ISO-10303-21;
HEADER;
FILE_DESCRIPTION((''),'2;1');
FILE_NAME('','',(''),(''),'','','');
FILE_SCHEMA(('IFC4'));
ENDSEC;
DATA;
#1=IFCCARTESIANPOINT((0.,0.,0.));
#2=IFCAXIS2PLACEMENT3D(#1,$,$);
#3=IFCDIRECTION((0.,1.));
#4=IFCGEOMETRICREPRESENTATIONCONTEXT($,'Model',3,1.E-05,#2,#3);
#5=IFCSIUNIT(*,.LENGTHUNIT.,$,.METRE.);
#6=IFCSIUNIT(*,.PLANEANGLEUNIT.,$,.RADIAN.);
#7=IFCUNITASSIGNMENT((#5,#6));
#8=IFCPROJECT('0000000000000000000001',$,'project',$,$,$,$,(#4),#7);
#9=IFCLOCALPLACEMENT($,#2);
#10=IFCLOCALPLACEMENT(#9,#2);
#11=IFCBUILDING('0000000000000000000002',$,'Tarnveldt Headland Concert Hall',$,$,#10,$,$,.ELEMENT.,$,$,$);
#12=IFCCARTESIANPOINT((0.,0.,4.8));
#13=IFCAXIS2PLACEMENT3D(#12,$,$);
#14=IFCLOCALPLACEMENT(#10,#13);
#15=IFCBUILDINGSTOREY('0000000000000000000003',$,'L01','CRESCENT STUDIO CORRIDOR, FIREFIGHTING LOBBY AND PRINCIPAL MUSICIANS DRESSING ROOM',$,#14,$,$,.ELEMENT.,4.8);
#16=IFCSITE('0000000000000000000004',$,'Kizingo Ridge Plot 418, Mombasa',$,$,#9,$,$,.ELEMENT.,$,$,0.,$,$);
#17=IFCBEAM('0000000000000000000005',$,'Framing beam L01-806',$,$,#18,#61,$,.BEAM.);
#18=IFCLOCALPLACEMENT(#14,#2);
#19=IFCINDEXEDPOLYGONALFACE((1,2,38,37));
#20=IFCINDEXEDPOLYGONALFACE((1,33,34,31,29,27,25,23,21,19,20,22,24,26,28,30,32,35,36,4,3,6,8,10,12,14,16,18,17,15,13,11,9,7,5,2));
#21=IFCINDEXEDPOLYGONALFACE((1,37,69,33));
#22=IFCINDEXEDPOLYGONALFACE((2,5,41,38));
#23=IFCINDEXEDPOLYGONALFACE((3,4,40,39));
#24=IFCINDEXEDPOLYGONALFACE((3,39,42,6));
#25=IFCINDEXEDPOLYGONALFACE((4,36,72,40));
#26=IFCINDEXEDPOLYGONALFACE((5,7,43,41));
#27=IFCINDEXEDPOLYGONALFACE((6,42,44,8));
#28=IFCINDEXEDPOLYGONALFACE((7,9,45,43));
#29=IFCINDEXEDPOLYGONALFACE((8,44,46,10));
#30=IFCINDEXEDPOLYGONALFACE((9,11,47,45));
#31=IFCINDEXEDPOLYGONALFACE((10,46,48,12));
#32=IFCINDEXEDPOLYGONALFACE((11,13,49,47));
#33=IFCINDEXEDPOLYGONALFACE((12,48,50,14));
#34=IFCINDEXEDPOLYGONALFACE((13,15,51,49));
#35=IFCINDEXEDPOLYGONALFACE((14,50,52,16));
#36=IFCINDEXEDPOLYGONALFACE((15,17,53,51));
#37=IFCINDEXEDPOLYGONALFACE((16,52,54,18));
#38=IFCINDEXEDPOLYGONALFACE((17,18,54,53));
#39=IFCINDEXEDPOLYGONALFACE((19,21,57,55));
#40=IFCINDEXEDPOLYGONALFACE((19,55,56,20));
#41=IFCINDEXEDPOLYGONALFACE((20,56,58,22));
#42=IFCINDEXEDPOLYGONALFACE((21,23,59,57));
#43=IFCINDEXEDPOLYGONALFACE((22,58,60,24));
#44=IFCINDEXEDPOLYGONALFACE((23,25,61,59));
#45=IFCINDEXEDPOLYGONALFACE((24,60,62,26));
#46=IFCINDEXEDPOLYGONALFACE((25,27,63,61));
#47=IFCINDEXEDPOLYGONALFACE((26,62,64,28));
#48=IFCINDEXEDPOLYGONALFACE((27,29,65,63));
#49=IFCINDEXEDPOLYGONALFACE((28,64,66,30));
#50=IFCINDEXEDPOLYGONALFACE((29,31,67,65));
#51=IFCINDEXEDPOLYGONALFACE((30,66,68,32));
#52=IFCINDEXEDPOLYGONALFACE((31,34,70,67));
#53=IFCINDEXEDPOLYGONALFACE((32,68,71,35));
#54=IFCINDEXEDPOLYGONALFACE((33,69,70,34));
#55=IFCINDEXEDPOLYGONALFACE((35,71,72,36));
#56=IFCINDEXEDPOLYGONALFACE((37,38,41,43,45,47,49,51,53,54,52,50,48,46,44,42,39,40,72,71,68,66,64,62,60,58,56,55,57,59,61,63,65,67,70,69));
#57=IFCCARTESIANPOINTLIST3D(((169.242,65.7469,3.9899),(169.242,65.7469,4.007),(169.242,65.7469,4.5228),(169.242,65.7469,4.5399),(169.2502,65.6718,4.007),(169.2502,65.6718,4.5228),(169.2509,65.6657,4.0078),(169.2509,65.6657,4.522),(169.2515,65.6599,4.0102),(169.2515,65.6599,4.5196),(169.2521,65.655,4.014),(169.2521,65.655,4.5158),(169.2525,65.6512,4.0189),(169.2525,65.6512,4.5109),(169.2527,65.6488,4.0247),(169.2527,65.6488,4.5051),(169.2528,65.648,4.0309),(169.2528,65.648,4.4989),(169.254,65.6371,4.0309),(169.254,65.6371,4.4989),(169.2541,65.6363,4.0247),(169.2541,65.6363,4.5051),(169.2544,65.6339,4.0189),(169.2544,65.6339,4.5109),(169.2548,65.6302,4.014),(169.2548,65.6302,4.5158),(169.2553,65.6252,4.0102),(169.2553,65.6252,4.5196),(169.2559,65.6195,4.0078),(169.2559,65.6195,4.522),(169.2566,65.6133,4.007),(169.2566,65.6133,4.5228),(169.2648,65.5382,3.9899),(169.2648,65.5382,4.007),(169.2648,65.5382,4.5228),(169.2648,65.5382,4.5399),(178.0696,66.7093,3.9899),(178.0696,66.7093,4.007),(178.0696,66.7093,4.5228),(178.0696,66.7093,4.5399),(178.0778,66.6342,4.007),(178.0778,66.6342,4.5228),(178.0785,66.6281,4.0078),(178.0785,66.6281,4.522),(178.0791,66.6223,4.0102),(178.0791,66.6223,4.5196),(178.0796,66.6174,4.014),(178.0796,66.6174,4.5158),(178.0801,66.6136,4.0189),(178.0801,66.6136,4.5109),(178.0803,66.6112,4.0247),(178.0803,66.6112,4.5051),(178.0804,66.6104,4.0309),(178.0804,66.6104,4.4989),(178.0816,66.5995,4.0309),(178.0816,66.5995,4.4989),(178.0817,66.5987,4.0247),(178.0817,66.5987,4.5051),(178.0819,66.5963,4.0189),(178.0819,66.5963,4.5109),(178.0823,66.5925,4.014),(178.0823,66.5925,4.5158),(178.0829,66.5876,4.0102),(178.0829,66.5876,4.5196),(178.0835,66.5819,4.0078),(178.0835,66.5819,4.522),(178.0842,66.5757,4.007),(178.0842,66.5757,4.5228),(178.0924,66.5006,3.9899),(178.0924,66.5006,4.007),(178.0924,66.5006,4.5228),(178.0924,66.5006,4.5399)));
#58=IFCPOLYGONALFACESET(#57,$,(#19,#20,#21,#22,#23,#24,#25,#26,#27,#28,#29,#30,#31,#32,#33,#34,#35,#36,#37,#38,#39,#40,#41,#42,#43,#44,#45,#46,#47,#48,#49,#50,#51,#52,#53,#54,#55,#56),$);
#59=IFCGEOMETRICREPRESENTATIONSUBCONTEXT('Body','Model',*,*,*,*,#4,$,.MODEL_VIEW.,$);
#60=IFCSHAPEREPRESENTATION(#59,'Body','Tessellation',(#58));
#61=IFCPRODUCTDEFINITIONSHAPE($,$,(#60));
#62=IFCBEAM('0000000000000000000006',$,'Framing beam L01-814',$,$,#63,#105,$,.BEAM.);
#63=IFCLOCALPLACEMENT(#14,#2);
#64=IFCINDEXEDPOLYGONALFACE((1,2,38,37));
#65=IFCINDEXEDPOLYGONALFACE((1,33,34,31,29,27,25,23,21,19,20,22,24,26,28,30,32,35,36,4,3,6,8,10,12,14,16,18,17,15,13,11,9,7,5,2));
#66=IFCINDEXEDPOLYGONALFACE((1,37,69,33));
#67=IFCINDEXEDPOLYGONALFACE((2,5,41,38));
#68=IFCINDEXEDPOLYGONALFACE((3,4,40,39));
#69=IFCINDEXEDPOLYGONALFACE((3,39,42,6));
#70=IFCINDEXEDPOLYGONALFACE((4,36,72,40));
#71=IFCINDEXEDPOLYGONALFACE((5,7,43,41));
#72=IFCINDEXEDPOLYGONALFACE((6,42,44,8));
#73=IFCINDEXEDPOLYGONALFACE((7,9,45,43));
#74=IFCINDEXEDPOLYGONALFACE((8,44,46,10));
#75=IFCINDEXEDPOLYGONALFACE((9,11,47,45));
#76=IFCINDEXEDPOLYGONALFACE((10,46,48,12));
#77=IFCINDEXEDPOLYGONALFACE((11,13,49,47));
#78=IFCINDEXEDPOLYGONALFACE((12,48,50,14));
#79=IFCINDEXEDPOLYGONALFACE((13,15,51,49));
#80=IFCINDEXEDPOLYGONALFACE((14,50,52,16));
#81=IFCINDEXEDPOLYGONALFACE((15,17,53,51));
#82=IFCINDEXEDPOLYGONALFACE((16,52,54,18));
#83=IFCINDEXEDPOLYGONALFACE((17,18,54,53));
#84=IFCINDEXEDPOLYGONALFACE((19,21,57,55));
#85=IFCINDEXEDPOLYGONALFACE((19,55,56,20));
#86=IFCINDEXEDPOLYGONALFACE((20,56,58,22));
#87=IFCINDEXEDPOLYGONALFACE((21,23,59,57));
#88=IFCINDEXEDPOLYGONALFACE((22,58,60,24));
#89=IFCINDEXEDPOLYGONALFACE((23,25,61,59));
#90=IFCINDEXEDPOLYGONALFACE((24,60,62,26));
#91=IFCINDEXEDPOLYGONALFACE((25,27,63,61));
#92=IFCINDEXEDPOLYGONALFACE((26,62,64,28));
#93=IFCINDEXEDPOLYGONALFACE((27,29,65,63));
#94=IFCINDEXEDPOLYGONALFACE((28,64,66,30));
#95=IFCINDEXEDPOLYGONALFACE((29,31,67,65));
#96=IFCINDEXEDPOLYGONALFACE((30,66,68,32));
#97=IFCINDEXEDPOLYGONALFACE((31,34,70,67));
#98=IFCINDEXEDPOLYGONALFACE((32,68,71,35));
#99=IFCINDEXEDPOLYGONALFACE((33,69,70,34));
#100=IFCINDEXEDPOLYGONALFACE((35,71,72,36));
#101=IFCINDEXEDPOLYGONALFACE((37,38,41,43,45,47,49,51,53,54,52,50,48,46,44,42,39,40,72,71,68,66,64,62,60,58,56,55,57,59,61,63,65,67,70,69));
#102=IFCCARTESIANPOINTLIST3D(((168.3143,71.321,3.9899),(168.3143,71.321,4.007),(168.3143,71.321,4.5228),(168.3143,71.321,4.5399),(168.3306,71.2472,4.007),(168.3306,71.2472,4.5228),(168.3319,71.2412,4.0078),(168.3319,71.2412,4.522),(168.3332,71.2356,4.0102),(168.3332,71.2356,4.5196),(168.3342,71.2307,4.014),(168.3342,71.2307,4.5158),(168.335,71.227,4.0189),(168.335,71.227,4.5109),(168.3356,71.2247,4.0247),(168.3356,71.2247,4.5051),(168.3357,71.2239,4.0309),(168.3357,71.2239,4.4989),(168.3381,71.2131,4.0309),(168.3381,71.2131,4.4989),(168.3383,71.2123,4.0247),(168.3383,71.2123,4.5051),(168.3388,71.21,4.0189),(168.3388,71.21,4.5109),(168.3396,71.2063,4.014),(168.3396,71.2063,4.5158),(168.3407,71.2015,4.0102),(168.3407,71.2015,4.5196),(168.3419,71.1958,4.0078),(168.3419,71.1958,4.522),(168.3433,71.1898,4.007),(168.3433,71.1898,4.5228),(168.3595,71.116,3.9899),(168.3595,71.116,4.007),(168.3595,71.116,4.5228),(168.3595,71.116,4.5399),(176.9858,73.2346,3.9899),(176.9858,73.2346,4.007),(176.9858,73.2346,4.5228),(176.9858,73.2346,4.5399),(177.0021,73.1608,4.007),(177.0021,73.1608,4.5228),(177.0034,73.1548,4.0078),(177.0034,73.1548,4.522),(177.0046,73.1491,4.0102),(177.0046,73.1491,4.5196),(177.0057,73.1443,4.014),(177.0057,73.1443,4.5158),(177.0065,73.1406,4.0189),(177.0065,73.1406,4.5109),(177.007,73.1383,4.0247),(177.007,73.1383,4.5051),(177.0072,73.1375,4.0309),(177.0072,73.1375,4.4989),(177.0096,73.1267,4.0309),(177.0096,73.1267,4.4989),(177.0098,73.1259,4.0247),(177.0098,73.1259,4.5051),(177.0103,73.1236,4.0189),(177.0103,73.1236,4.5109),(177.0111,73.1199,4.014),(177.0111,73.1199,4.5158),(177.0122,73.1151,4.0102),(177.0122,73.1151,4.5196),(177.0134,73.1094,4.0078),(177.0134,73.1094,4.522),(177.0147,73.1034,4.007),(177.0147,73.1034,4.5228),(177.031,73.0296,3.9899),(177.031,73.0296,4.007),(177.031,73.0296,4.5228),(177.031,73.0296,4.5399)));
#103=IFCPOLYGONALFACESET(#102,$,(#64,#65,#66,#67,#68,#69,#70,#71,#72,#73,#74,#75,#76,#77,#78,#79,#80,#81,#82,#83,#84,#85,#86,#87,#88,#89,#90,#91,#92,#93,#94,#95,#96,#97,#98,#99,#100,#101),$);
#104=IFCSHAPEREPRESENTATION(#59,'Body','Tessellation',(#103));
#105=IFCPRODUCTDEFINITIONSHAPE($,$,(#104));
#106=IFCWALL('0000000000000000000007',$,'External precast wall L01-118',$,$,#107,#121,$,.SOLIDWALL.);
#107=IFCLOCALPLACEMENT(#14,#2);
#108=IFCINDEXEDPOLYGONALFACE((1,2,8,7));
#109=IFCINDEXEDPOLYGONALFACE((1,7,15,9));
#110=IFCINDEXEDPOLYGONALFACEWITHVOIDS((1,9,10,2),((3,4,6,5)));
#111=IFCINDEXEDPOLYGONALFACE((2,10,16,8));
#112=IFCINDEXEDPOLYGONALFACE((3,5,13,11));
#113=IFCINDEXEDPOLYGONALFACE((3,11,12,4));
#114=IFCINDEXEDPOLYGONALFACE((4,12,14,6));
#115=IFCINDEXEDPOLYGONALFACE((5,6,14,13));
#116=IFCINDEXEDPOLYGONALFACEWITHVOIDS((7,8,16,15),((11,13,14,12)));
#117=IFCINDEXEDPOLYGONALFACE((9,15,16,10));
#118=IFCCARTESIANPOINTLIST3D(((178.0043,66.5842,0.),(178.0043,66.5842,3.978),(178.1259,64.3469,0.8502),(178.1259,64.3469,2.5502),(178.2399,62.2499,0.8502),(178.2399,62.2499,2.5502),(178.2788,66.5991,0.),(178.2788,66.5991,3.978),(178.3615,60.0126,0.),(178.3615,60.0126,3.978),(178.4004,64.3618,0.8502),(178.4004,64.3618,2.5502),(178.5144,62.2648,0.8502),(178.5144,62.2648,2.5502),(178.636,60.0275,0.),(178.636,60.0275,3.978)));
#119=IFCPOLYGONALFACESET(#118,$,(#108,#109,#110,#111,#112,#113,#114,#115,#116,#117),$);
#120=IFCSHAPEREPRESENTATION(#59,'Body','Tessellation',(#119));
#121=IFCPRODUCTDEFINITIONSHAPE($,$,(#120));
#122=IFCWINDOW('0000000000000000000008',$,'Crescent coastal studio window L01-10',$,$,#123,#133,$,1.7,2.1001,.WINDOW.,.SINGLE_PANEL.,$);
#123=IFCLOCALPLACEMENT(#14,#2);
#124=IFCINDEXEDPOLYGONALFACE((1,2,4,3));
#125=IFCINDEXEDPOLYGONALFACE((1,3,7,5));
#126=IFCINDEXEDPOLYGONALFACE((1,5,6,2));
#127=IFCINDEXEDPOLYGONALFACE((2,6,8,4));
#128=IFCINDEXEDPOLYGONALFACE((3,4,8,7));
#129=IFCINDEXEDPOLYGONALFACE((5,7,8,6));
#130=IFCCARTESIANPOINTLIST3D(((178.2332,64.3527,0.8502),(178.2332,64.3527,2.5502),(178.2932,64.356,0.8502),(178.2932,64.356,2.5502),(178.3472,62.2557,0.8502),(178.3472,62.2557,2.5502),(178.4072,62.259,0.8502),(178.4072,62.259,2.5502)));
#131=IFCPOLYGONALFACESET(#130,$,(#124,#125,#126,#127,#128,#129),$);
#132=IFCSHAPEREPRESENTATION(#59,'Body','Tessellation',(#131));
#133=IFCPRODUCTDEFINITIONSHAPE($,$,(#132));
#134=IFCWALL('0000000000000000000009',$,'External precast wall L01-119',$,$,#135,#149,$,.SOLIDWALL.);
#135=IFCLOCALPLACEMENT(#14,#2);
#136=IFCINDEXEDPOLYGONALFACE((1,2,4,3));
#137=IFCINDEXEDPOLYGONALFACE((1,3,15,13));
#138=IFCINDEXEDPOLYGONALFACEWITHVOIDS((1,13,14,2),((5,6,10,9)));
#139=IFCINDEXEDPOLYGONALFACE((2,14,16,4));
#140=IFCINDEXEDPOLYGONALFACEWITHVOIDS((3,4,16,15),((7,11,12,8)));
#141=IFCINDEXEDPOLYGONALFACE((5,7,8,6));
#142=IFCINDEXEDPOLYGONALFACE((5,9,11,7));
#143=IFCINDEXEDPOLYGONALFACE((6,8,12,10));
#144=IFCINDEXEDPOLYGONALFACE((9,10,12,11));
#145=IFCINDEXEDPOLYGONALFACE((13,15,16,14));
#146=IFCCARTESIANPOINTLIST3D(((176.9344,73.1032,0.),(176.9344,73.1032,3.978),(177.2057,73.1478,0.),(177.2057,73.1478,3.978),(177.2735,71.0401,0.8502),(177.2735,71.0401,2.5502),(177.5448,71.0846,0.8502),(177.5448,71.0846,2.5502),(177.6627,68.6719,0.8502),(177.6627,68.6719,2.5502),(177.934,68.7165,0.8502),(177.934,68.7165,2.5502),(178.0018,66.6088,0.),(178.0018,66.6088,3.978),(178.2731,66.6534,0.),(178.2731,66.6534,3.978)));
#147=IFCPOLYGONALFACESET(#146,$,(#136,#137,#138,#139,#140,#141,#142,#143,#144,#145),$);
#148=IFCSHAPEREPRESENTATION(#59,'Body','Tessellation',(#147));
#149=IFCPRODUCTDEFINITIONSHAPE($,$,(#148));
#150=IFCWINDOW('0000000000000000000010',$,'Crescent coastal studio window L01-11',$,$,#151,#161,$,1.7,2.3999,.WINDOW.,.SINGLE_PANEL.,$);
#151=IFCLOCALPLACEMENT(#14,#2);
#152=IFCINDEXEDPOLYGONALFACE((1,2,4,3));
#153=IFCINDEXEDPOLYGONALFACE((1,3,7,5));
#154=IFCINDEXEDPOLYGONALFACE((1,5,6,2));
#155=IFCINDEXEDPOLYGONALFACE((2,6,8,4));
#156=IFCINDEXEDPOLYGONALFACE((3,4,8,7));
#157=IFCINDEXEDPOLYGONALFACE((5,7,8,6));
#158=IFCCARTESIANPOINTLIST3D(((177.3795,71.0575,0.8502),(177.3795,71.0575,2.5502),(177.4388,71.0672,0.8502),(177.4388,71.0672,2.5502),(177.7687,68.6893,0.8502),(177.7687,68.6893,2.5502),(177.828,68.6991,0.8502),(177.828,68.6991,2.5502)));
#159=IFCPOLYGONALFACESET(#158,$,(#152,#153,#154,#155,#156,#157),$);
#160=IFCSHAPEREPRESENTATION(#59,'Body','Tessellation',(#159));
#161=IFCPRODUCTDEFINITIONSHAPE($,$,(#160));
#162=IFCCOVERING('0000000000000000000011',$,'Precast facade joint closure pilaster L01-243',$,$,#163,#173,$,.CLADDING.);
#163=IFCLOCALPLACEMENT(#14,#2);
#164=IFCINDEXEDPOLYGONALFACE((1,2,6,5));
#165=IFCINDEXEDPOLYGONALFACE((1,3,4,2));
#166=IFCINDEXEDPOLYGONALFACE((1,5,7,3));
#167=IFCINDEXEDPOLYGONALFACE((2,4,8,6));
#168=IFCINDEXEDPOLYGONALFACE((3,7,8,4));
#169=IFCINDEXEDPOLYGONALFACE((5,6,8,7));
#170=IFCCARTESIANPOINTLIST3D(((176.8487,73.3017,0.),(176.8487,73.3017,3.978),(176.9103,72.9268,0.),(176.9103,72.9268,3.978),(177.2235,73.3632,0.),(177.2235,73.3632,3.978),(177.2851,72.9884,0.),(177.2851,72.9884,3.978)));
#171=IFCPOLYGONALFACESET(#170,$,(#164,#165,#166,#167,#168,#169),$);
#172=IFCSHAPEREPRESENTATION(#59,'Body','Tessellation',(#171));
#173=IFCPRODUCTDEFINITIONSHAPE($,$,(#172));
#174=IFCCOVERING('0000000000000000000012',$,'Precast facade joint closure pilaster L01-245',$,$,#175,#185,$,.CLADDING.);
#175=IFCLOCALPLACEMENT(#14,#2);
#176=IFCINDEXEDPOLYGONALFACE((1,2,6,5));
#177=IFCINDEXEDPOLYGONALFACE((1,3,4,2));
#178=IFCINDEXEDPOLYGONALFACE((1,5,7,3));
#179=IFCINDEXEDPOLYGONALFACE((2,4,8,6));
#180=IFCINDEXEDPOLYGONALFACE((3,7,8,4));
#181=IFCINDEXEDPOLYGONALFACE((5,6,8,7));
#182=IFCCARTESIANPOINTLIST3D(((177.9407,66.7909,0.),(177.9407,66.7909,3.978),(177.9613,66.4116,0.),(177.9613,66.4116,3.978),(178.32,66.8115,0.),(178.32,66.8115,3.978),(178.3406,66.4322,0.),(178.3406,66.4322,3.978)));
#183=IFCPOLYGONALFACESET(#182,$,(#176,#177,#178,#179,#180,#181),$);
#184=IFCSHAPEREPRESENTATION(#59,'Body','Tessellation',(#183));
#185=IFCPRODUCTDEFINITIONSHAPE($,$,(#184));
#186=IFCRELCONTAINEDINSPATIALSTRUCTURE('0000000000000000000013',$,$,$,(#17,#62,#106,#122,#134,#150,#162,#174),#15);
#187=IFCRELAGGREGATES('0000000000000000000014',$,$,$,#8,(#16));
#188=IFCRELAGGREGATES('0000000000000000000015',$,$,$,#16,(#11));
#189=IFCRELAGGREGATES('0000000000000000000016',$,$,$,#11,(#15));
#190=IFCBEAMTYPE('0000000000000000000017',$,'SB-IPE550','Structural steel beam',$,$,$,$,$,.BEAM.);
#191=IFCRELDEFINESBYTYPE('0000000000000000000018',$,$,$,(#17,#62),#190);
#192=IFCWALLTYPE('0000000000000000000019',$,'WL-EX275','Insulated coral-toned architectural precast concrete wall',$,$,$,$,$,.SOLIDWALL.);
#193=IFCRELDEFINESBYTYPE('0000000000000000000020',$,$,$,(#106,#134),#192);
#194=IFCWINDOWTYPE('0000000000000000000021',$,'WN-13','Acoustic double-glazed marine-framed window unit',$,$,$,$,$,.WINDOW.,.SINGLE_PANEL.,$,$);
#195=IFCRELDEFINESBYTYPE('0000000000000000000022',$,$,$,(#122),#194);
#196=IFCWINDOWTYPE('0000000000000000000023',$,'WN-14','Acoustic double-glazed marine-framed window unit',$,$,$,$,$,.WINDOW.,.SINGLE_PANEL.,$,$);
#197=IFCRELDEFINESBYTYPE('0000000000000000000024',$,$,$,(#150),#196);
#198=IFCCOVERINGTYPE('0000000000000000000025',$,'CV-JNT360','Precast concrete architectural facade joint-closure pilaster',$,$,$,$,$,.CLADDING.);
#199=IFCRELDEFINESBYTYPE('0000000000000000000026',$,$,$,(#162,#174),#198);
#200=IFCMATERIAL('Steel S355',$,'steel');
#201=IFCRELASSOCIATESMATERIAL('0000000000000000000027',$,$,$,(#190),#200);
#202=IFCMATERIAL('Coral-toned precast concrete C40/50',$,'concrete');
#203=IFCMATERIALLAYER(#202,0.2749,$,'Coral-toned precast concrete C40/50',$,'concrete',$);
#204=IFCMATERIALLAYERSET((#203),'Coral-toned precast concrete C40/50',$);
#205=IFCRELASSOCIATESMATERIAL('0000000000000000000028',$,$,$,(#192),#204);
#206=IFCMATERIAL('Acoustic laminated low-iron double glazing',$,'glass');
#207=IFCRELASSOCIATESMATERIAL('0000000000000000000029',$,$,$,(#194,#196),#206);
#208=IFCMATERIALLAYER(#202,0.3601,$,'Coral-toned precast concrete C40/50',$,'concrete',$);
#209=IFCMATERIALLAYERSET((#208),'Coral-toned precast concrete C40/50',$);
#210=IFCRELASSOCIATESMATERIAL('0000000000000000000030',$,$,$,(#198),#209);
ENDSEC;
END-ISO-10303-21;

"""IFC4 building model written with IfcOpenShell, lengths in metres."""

from ifc_helpers import new_model, si_unit, direction, frame, frame_2d, origin, origin_2d, place, context, subcontext, project, spatial, rectangle, i_section, extrude, material, layer, layer_set, material_profile, profile_set, type_object, element, fill, save


model = new_model("IFC4")

# Units and contexts
model_context = context("Model", 3, precision=1e-05, world=origin(), true_north=direction((0.0, 1.0)))
body_context = subcontext(model_context, "Body", "Model", "MODEL_VIEW")
ifc_project = project(units=[si_unit("LENGTHUNIT", "METRE"), si_unit("PLANEANGLEUNIT", "RADIAN")], contexts=[model_context])

# Site, building, storey
site_placement = place(None, origin())
site = spatial("IfcSite", under=ifc_project, at=site_placement, Name="Kizingo Ridge Plot 418, Mombasa", CompositionType="ELEMENT", RefElevation=0.0)
building_placement = place(site_placement, origin())
building = spatial("IfcBuilding", under=site, at=building_placement, Name="Tarnveldt Headland Concert Hall", CompositionType="ELEMENT")
storey_placement = place(building_placement, frame((0.0, 0.0, 4.8)))
storey = spatial("IfcBuildingStorey", under=building, at=storey_placement, Name="L01", Description="CRESCENT STUDIO CORRIDOR, FIREFIGHTING LOBBY AND PRINCIPAL MUSICIANS DRESSING ROOM", CompositionType="ELEMENT", Elevation=4.8)

# Beams
ifc_material_1 = material(Name="Steel S355", Category="steel")
ifc_material_profile_1 = material_profile(ifc_material_1, i_section(OverallWidth=0.21, OverallDepth=0.55, WebThickness=0.011, FlangeThickness=0.0171, FilletRadius=0.0239, at=origin_2d()), Name="IPE550", Category="steel")
ifc_profile_set_1 = profile_set([ifc_material_profile_1], Name="Steel S355")
beam_type_1 = type_object("IfcBeamType", Name="SB-IPE550", Description="Structural steel beam", PredefinedType="BEAM", material=ifc_profile_set_1)
beam_1_placement = place(storey_placement, frame((169.2534, 65.6426, 4.2649), z_axis=(0.99411, 0.108379, 0.0), x_axis=(-0.108379, 0.99411, 0.0)))
element("IfcBeam", 1, at=beam_1_placement, inside=storey, type_object=beam_type_1, Name="Framing beam L01-806", PredefinedType="BEAM", context=body_context, shape_type="SweptSolid", body=[
    extrude(i_section(OverallWidth=0.21, OverallDepth=0.55, WebThickness=0.011, FlangeThickness=0.0171, FilletRadius=0.0239, at=origin_2d()), origin(), (0.0, 0.0, 1.0), 8.8799),
])
beam_2_placement = place(storey_placement, frame((168.3369, 71.2185, 4.2649), z_axis=(0.976506, 0.215492, 0.0), x_axis=(-0.215492, 0.976506, 0.0)))
element("IfcBeam", 2, at=beam_2_placement, inside=storey, type_object=beam_type_1, Name="Framing beam L01-814", PredefinedType="BEAM", context=body_context, shape_type="SweptSolid", body=[
    extrude(i_section(OverallWidth=0.21, OverallDepth=0.55, WebThickness=0.011, FlangeThickness=0.0171, FilletRadius=0.0239, at=origin_2d()), origin(), (0.0, 0.0, 1.0), 8.8801),
])

# Walls, openings, windows
ifc_material_2 = material(Name="Coral-toned precast concrete C40/50", Category="concrete")
ifc_layer_1 = layer(ifc_material_2, 0.2749, Name="Coral-toned precast concrete C40/50", Category="concrete")
ifc_layer_set_1 = layer_set([ifc_layer_1], Name="Coral-toned precast concrete C40/50")
wall_type = type_object("IfcWallType", Name="WL-EX275", Description="Insulated coral-toned architectural precast concrete wall", PredefinedType="SOLIDWALL", material=ifc_layer_set_1)
wall_1_placement = place(storey_placement, frame((178.1416, 66.5916, 0.0), z_axis=(0.0, 0.0, 1.0), x_axis=(0.054272, -0.998526, 0.0)))
wall_1 = element("IfcWall", 3, at=wall_1_placement, inside=storey, type_object=wall_type, Name="External precast wall L01-118", PredefinedType="SOLIDWALL", context=body_context, shape_type="SweptSolid", body=[
    extrude(rectangle(XDim=6.5813, YDim=0.2749, at=frame_2d((3.2905, 0.0))), origin(), (0.0, 0.0, 1.0), 3.978),
])
opening_1_placement = place(wall_1_placement, frame((2.2405, 0.0, 0.8501)))
opening_1 = element("IfcOpeningElement", 4, at=opening_1_placement, cuts=wall_1, PredefinedType="OPENING", context=body_context, shape_type="SweptSolid", body=[
    extrude(rectangle(XDim=2.1001, YDim=1.7, at=frame_2d((1.05, 0.8501))), frame((0.0, 0.1475, 0.0), z_axis=(0.0, -1.0, 0.0), x_axis=(1.0, 0.0, 0.0)), (0.0, 0.0, 1.0), 0.2949),
])
ifc_material_3 = material(Name="Acoustic laminated low-iron double glazing", Category="glass")
window_type_1 = type_object("IfcWindowType", Name="WN-13", Description="Acoustic double-glazed marine-framed window unit", PartitioningType="SINGLE_PANEL", PredefinedType="WINDOW", material=ifc_material_3)
window_1_placement = place(opening_1_placement, origin())
window_1 = element("IfcWindow", 5, at=window_1_placement, inside=storey, type_object=window_type_1, Name="Crescent coastal studio window L01-10", OverallHeight=1.7, OverallWidth=2.1001, PartitioningType="SINGLE_PANEL", PredefinedType="WINDOW", context=body_context, shape_type="SweptSolid", body=[
    extrude(rectangle(XDim=2.1001, YDim=1.7, at=frame_2d((1.05, 0.8501))), frame((0.0, 0.03, 0.0), z_axis=(0.0, -1.0, 0.0), x_axis=(1.0, 0.0, 0.0)), (0.0, 0.0, 1.0), 0.0601),
])
fill(opening_1, window_1)
wall_2_placement = place(storey_placement, frame((177.0701, 73.1255, 0.0), z_axis=(0.0, 0.0, 1.0), x_axis=(0.162179, -0.986761, 0.0)))
wall_2 = element("IfcWall", 6, at=wall_2_placement, inside=storey, type_object=wall_type, Name="External precast wall L01-119", PredefinedType="SOLIDWALL", context=body_context, shape_type="SweptSolid", body=[
    extrude(rectangle(XDim=6.5815, YDim=0.2749, at=frame_2d((3.2908, 0.0))), origin(), (0.0, 0.0, 1.0), 3.978),
])
opening_2_placement = place(wall_2_placement, frame((2.0908, 0.0, 0.8501)))
opening_2 = element("IfcOpeningElement", 7, at=opening_2_placement, cuts=wall_2, PredefinedType="OPENING", context=body_context, shape_type="SweptSolid", body=[
    extrude(rectangle(XDim=2.3999, YDim=1.7, at=frame_2d((1.2, 0.8501))), frame((0.0, 0.1475, 0.0), z_axis=(0.0, -1.0, 0.0), x_axis=(1.0, 0.0, 0.0)), (0.0, 0.0, 1.0), 0.2949),
])
window_type_2 = type_object("IfcWindowType", Name="WN-14", Description="Acoustic double-glazed marine-framed window unit", PartitioningType="SINGLE_PANEL", PredefinedType="WINDOW", material=ifc_material_3)
window_2_placement = place(opening_2_placement, origin())
window_2 = element("IfcWindow", 8, at=window_2_placement, inside=storey, type_object=window_type_2, Name="Crescent coastal studio window L01-11", OverallHeight=1.7, OverallWidth=2.3999, PartitioningType="SINGLE_PANEL", PredefinedType="WINDOW", context=body_context, shape_type="SweptSolid", body=[
    extrude(rectangle(XDim=2.3999, YDim=1.7, at=frame_2d((1.2, 0.8501))), frame((0.0, 0.03, 0.0), z_axis=(0.0, -1.0, 0.0), x_axis=(1.0, 0.0, 0.0)), (0.0, 0.0, 1.0), 0.0601),
])
fill(opening_2, window_2)

# Coverings
ifc_layer_2 = layer(ifc_material_2, 0.3601, Name="Coral-toned precast concrete C40/50", Category="concrete")
ifc_layer_set_2 = layer_set([ifc_layer_2], Name="Coral-toned precast concrete C40/50")
covering_type = type_object("IfcCoveringType", Name="CV-JNT360", Description="Precast concrete architectural facade joint-closure pilaster", PredefinedType="CLADDING", material=ifc_layer_set_2)
for number, where, z_axis, x_axis, name in (
    (9, (177.0669, 73.145, 0.0), (0.0, 0.0, 1.0), (0.162121, -0.986771, 0.0), "Precast facade joint closure pilaster L01-243"),
    (10, (178.1406, 66.6116, 0.0), (0.0, 0.0, 1.0), (0.054253, -0.998527, 0.0), "Precast facade joint closure pilaster L01-245"),
):
    element("IfcCovering", number, at=place(storey_placement, frame(where, z_axis=z_axis, x_axis=x_axis)), inside=storey, type_object=covering_type, Name=name, PredefinedType="CLADDING", context=body_context, shape_type="SweptSolid", body=[
        extrude(rectangle(XDim=0.3799, YDim=0.3799, at=origin_2d()), origin(), (0.0, 0.0, 1.0), 3.978),
    ])

save(model, "model.ifc")
